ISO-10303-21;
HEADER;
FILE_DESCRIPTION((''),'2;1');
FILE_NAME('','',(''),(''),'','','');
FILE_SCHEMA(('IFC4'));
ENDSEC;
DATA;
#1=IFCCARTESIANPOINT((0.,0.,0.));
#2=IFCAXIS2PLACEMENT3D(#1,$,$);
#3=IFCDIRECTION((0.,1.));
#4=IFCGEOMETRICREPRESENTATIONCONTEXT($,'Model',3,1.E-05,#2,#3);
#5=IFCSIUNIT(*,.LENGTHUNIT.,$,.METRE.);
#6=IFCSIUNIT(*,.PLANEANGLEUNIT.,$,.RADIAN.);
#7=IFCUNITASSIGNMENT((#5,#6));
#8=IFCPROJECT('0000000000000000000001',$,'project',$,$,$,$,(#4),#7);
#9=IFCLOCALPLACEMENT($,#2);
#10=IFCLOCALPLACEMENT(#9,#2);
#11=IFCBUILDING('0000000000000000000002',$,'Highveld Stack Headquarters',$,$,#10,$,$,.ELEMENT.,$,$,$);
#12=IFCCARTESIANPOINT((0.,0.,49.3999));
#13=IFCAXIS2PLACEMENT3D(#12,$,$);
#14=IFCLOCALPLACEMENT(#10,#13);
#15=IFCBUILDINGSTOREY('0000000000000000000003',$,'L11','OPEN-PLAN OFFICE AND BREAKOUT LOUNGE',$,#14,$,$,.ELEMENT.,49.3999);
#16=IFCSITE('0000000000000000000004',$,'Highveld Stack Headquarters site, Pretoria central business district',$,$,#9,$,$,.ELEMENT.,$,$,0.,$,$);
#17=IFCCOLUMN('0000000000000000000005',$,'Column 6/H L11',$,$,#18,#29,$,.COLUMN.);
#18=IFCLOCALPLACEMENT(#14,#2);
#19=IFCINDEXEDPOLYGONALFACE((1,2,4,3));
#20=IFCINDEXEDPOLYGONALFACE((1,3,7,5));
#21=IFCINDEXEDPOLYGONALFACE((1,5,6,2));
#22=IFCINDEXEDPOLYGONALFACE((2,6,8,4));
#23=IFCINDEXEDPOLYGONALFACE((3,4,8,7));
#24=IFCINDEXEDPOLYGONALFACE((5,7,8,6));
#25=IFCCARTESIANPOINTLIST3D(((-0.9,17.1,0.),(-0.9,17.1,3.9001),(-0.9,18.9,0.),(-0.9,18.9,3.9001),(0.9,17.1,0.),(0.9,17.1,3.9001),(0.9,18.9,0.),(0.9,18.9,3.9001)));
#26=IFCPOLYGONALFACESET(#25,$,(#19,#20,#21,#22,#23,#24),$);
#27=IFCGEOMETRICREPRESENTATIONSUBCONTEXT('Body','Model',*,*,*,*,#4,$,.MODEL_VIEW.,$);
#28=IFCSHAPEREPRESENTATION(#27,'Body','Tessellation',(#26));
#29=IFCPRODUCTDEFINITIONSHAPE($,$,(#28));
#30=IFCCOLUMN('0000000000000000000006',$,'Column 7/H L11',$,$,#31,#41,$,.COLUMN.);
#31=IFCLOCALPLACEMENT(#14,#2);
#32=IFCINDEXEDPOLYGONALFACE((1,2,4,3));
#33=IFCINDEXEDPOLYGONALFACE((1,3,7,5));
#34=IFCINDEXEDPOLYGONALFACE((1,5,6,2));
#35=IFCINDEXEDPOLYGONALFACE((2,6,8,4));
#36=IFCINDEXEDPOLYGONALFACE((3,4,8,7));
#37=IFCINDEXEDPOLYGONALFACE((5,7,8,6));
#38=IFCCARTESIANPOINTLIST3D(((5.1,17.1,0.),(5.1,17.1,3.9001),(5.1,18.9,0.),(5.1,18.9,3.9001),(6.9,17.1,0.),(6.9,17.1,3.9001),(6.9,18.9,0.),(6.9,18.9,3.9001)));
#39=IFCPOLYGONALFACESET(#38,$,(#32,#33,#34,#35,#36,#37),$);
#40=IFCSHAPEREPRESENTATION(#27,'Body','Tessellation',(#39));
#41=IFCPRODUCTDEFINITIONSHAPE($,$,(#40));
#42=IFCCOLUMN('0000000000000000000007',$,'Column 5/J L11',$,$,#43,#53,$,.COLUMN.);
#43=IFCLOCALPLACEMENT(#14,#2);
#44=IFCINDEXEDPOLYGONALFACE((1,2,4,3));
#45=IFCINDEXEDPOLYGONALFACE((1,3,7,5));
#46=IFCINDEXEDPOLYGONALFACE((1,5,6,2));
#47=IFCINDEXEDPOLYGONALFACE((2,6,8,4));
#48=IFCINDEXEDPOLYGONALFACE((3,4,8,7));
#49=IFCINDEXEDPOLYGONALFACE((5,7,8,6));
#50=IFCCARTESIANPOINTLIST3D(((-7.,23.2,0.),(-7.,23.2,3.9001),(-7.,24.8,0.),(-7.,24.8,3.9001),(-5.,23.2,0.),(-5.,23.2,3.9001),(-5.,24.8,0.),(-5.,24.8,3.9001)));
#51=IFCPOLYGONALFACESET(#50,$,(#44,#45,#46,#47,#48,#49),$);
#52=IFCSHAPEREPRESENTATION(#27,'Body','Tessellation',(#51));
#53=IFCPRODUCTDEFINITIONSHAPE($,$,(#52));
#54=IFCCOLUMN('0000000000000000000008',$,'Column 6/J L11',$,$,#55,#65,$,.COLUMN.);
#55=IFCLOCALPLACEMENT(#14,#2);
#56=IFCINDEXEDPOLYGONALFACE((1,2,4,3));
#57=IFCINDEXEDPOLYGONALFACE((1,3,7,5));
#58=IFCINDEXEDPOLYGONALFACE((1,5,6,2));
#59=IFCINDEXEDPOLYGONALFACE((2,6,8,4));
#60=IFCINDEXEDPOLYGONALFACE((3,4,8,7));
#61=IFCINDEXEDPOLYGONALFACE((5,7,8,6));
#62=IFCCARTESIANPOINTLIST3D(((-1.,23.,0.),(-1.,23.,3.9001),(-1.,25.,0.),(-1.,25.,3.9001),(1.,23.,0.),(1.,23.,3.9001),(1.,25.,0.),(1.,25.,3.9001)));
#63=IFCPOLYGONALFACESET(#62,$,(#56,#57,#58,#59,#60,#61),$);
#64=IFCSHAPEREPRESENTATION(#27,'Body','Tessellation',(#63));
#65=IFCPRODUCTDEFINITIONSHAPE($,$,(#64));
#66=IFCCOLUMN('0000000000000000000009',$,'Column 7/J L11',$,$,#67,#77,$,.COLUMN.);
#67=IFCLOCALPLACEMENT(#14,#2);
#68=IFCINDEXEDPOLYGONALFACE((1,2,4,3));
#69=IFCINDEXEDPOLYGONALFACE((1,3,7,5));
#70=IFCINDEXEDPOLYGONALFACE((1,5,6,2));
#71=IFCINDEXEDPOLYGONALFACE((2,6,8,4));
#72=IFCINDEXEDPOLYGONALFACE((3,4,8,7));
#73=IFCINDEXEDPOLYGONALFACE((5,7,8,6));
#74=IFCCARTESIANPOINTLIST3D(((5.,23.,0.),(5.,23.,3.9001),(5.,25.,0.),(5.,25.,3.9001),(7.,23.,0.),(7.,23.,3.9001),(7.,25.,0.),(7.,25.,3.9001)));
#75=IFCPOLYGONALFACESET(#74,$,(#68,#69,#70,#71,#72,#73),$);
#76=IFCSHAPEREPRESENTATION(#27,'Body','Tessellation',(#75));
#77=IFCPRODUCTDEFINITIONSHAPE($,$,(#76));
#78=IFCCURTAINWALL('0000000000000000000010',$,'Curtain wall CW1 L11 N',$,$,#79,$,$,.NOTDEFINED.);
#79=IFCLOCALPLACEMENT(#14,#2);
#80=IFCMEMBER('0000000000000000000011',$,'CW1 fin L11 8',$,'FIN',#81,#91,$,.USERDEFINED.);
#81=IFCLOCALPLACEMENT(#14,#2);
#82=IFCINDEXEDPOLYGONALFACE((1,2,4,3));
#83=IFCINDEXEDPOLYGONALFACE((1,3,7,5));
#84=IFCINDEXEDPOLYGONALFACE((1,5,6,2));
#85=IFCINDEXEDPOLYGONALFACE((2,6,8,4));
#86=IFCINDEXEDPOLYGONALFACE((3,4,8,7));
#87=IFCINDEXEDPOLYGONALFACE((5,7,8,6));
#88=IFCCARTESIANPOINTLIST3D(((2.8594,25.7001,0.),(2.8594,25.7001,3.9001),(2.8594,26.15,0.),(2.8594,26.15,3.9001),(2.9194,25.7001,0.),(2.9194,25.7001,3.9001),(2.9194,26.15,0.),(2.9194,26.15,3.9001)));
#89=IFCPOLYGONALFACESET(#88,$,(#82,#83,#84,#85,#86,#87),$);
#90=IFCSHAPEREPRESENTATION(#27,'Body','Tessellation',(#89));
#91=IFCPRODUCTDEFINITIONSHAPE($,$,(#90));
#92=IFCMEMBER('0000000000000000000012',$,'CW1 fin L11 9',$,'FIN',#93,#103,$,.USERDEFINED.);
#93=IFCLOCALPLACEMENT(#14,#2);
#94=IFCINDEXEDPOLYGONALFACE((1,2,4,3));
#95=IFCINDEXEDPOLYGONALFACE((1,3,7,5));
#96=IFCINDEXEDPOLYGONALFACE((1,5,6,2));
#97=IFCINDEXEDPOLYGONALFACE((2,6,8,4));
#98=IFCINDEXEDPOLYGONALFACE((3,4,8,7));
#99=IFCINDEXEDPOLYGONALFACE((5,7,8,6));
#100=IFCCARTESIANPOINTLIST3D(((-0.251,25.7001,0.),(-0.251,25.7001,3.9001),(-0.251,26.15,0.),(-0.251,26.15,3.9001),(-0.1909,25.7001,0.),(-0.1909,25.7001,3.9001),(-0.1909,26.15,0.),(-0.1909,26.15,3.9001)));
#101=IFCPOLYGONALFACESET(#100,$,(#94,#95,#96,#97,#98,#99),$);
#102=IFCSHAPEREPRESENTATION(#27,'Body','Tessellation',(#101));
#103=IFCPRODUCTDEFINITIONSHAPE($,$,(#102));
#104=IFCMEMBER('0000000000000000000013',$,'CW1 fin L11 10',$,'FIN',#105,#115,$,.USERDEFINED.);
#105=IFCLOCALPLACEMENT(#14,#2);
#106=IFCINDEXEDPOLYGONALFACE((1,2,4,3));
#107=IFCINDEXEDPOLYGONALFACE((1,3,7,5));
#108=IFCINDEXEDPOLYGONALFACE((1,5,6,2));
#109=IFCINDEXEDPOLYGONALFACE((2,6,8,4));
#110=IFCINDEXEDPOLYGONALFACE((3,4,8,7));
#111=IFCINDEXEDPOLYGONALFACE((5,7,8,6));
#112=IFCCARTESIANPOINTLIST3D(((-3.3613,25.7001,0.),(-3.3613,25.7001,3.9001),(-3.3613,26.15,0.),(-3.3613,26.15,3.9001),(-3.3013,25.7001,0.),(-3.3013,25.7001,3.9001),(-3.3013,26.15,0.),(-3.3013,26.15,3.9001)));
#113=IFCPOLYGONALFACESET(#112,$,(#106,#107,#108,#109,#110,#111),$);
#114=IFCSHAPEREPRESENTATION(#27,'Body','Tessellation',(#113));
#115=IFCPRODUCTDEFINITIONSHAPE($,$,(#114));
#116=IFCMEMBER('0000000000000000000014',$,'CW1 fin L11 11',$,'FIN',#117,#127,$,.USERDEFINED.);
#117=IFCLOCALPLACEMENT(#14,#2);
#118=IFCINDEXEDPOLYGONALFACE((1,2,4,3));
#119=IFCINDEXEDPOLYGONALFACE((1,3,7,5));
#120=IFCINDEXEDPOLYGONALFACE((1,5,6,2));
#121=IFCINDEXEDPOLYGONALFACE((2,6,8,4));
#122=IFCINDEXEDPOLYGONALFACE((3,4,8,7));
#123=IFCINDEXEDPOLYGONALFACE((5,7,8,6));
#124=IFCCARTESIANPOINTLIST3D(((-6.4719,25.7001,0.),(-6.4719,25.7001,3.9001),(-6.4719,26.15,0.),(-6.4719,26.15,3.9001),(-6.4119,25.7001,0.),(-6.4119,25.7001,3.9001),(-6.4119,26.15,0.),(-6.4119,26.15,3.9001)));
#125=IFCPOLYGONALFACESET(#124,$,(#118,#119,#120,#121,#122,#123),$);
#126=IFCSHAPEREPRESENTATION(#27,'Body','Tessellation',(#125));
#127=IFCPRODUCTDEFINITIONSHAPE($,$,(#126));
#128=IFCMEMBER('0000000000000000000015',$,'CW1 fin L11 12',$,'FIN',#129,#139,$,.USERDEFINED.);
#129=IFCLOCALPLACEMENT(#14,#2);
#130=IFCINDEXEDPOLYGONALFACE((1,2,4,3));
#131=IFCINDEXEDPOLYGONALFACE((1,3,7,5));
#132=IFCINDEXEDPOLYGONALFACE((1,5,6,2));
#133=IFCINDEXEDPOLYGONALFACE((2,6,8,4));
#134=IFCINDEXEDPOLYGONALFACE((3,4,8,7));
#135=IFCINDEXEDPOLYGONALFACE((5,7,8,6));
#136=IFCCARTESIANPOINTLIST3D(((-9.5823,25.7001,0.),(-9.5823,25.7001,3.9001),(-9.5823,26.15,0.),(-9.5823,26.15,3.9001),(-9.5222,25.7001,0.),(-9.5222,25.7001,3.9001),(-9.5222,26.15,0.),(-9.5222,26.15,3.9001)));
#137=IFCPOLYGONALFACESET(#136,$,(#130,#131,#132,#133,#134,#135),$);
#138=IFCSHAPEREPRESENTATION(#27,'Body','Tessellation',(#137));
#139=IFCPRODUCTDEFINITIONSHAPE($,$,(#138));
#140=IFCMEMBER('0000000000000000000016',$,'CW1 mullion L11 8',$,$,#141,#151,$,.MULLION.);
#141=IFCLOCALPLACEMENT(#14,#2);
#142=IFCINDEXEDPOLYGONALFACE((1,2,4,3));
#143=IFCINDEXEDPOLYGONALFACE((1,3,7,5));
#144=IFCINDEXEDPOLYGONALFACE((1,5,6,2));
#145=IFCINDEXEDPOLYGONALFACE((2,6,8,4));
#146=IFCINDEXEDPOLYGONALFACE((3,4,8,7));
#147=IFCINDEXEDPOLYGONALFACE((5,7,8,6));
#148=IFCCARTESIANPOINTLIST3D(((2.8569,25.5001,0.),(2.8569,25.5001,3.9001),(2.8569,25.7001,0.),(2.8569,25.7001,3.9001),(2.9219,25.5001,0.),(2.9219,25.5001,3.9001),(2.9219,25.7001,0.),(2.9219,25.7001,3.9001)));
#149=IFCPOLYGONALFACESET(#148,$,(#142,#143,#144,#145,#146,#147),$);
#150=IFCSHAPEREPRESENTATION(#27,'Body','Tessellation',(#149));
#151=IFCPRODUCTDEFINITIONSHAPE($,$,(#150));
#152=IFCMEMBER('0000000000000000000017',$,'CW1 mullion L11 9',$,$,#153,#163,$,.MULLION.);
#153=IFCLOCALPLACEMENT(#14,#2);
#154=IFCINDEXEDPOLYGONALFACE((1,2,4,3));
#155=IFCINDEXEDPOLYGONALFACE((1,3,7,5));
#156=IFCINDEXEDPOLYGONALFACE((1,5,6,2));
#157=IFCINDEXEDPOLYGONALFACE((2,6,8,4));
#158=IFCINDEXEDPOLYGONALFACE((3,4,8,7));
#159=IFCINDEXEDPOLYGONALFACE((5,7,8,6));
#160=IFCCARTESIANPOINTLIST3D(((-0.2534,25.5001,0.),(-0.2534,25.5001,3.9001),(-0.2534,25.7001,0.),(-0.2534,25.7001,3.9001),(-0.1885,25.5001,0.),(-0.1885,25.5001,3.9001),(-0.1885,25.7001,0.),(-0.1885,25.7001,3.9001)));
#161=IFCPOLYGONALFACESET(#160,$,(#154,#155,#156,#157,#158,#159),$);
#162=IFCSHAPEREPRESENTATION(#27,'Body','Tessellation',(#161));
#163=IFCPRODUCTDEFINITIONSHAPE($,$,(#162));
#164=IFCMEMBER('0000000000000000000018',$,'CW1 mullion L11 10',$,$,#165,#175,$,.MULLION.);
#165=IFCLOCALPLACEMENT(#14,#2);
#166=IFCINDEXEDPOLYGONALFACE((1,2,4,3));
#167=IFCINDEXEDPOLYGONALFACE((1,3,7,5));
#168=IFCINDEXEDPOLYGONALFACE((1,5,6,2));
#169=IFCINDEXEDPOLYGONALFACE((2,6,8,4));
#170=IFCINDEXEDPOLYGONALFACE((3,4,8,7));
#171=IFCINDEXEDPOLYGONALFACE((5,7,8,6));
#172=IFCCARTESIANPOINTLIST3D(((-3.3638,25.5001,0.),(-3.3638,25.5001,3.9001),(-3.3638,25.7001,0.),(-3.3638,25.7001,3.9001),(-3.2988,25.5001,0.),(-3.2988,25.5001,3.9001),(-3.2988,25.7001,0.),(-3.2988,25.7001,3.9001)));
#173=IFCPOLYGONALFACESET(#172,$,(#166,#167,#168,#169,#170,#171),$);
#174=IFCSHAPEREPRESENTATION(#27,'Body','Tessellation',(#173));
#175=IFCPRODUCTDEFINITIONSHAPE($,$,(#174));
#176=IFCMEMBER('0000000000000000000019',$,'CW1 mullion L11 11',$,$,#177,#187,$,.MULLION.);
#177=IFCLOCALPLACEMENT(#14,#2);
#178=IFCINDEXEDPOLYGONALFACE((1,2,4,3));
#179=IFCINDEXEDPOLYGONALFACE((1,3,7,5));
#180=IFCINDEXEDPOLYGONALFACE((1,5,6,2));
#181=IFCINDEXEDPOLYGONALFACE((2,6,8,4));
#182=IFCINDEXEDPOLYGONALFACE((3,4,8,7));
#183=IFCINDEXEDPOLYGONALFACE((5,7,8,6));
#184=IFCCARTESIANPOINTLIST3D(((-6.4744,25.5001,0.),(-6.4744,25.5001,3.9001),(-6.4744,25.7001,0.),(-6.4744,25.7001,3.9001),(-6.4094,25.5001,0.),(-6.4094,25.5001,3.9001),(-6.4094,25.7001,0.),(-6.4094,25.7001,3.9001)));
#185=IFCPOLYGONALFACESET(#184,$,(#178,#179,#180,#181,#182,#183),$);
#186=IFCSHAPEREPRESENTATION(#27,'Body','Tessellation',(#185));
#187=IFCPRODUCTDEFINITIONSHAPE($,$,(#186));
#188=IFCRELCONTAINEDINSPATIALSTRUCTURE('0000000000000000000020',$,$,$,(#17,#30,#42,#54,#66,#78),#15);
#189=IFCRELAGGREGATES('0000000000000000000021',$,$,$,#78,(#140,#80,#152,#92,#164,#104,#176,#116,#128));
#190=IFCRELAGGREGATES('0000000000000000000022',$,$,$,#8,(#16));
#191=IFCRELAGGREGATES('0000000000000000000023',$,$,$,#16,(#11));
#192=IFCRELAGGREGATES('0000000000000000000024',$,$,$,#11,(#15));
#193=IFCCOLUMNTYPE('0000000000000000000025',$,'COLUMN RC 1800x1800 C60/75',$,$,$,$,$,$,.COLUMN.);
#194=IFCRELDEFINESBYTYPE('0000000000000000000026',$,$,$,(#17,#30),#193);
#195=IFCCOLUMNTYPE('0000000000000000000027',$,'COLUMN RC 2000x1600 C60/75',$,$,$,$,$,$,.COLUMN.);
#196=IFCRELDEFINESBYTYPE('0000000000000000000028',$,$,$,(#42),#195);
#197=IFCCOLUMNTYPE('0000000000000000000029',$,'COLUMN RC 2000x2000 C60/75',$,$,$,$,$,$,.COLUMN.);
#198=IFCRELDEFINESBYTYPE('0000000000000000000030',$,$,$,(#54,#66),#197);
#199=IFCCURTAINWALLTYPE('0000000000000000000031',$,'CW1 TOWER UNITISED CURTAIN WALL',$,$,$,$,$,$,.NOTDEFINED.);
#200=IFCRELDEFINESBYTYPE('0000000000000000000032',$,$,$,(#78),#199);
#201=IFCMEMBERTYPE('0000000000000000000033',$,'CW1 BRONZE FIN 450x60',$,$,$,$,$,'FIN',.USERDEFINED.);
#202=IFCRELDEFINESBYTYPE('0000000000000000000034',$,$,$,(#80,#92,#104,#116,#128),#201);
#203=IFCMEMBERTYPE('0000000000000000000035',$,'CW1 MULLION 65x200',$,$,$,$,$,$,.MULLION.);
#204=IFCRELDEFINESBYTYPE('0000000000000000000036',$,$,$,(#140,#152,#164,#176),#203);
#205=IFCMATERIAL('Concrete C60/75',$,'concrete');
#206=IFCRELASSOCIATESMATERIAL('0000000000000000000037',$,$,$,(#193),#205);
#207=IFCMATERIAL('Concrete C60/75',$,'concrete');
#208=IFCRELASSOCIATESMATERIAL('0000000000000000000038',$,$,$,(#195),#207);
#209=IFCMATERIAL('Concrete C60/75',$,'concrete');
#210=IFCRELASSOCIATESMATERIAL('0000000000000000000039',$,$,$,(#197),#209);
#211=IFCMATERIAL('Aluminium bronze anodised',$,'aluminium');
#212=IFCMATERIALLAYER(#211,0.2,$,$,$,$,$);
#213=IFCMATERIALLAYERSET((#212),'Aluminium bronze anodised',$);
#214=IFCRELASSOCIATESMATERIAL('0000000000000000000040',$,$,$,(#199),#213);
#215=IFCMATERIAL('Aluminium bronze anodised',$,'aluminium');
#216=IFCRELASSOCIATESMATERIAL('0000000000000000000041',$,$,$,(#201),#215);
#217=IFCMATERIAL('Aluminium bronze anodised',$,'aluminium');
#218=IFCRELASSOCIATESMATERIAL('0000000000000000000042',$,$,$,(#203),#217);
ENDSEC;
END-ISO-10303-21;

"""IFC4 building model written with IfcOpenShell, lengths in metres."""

from ifc_helpers import new_model, si_unit, direction, frame, origin, origin_2d, place, context, subcontext, project, spatial, rectangle, extrude, material, layer, layer_set, material_profile, profile_set, type_object, element, aggregate, save


model = new_model("IFC4")

# Units and contexts
model_context = context("Model", 3, precision=1e-05, world=origin(), true_north=direction((0.0, 1.0)))
body_context = subcontext(model_context, "Body", "Model", "MODEL_VIEW")
ifc_project = project(units=[si_unit("LENGTHUNIT", "METRE"), si_unit("PLANEANGLEUNIT", "RADIAN")], contexts=[model_context])

# Site, building, storey
site_placement = place(None, origin())
site = spatial("IfcSite", under=ifc_project, at=site_placement, Name="Highveld Stack Headquarters site, Pretoria central business district", CompositionType="ELEMENT", RefElevation=0.0)
building_placement = place(site_placement, origin())
building = spatial("IfcBuilding", under=site, at=building_placement, Name="Highveld Stack Headquarters", CompositionType="ELEMENT")
storey_placement = place(building_placement, frame((0.0, 0.0, 49.3999)))
storey = spatial("IfcBuildingStorey", under=building, at=storey_placement, Name="L11", Description="OPEN-PLAN OFFICE AND BREAKOUT LOUNGE", CompositionType="ELEMENT", Elevation=49.3999)

# Columns
ifc_material_1 = material(Name="Concrete C60/75", Category="concrete")
ifc_material_profile_1 = material_profile(ifc_material_1, rectangle(XDim=1.8, YDim=1.8, at=origin_2d()), Name="RC 1800x1800")
ifc_profile_set_1 = profile_set([ifc_material_profile_1], Name="Concrete C60/75")
column_type_1 = type_object("IfcColumnType", Name="COLUMN RC 1800x1800 C60/75", PredefinedType="COLUMN", material=ifc_profile_set_1)
for number, where, z_axis, x_axis, name in (
    (1, (0.0, 18.0, 0.0), (0.0, 0.0, 1.0), (1.0, 0.0, 0.0), "Column 6/H L11"),
    (2, (6.0, 18.0, 0.0), (0.0, 0.0, 1.0), (1.0, 0.0, 0.0), "Column 7/H L11"),
):
    element("IfcColumn", number, at=place(storey_placement, frame(where, z_axis=z_axis, x_axis=x_axis)), inside=storey, type_object=column_type_1, Name=name, PredefinedType="COLUMN", context=body_context, shape_type="SweptSolid", body=[
        extrude(rectangle(XDim=1.8, YDim=1.8, at=origin_2d()), origin(), (0.0, 0.0, 1.0), 3.9001),
    ])
ifc_material_2 = material(Name="Concrete C60/75", Category="concrete")
ifc_material_profile_2 = material_profile(ifc_material_2, rectangle(XDim=2.0, YDim=1.6001, at=origin_2d()), Name="RC 2000x1600")
ifc_profile_set_2 = profile_set([ifc_material_profile_2], Name="Concrete C60/75")
column_type_2 = type_object("IfcColumnType", Name="COLUMN RC 2000x1600 C60/75", PredefinedType="COLUMN", material=ifc_profile_set_2)
column_placement = place(storey_placement, frame((-6.0, 24.0, 0.0), z_axis=(0.0, 0.0, 1.0), x_axis=(1.0, 0.0, 0.0)))
element("IfcColumn", 3, at=column_placement, inside=storey, type_object=column_type_2, Name="Column 5/J L11", PredefinedType="COLUMN", context=body_context, shape_type="SweptSolid", body=[
    extrude(rectangle(XDim=2.0, YDim=1.6001, at=origin_2d()), origin(), (0.0, 0.0, 1.0), 3.9001),
])
ifc_material_3 = material(Name="Concrete C60/75", Category="concrete")
ifc_material_profile_3 = material_profile(ifc_material_3, rectangle(XDim=2.0, YDim=2.0, at=origin_2d()), Name="RC 2000x2000")
ifc_profile_set_3 = profile_set([ifc_material_profile_3], Name="Concrete C60/75")
column_type_3 = type_object("IfcColumnType", Name="COLUMN RC 2000x2000 C60/75", PredefinedType="COLUMN", material=ifc_profile_set_3)
for number, where, z_axis, x_axis, name in (
    (4, (0.0, 24.0, 0.0), (0.0, 0.0, 1.0), (1.0, 0.0, 0.0), "Column 6/J L11"),
    (5, (6.0, 24.0, 0.0), (0.0, 0.0, 1.0), (1.0, 0.0, 0.0), "Column 7/J L11"),
):
    element("IfcColumn", number, at=place(storey_placement, frame(where, z_axis=z_axis, x_axis=x_axis)), inside=storey, type_object=column_type_3, Name=name, PredefinedType="COLUMN", context=body_context, shape_type="SweptSolid", body=[
        extrude(rectangle(XDim=2.0, YDim=2.0, at=origin_2d()), origin(), (0.0, 0.0, 1.0), 3.9001),
    ])

# Curtain wall, members
ifc_material_4 = material(Name="Aluminium bronze anodised", Category="aluminium")
ifc_layer_1 = layer(ifc_material_4, 0.2)
ifc_layer_set_1 = layer_set([ifc_layer_1], Name="Aluminium bronze anodised")
curtain_wall_type = type_object("IfcCurtainWallType", Name="CW1 TOWER UNITISED CURTAIN WALL", PredefinedType="NOTDEFINED", material=ifc_layer_set_1)
curtain_wall_placement = place(storey_placement, origin())
curtain_wall = element("IfcCurtainWall", 6, at=curtain_wall_placement, inside=storey, type_object=curtain_wall_type, Name="Curtain wall CW1 L11 N", PredefinedType="NOTDEFINED")
ifc_material_5 = material(Name="Aluminium bronze anodised", Category="aluminium")
ifc_material_profile_4 = material_profile(ifc_material_5, rectangle(XDim=0.45, YDim=0.0601, at=origin_2d()), Name="FIN 450x60")
ifc_profile_set_4 = profile_set([ifc_material_profile_4], Name="Aluminium bronze anodised")
member_type_1 = type_object("IfcMemberType", Name="CW1 BRONZE FIN 450x60", ElementType="FIN", PredefinedType="USERDEFINED", material=ifc_profile_set_4)
member_1_placement = place(storey_placement, frame((2.8894, 25.925, 0.0), z_axis=(0.0, 0.0, 1.0), x_axis=(0.0, -1.0, 0.0)))
member_1 = element("IfcMember", 7, at=member_1_placement, type_object=member_type_1, Name="CW1 fin L11 8", ObjectType="FIN", PredefinedType="USERDEFINED", context=body_context, shape_type="SweptSolid", body=[
    extrude(rectangle(XDim=0.45, YDim=0.0601, at=origin_2d()), origin(), (0.0, 0.0, 1.0), 3.9001),
])
member_2_placement = place(storey_placement, frame((-0.2209, 25.925, 0.0), z_axis=(0.0, 0.0, 1.0), x_axis=(0.0, -1.0, 0.0)))
member_2 = element("IfcMember", 8, at=member_2_placement, type_object=member_type_1, Name="CW1 fin L11 9", ObjectType="FIN", PredefinedType="USERDEFINED", context=body_context, shape_type="SweptSolid", body=[
    extrude(rectangle(XDim=0.45, YDim=0.0601, at=origin_2d()), origin(), (0.0, 0.0, 1.0), 3.9001),
])
member_3_placement = place(storey_placement, frame((-3.3313, 25.925, 0.0), z_axis=(0.0, 0.0, 1.0), x_axis=(0.0, -1.0, 0.0)))
member_3 = element("IfcMember", 9, at=member_3_placement, type_object=member_type_1, Name="CW1 fin L11 10", ObjectType="FIN", PredefinedType="USERDEFINED", context=body_context, shape_type="SweptSolid", body=[
    extrude(rectangle(XDim=0.45, YDim=0.0601, at=origin_2d()), origin(), (0.0, 0.0, 1.0), 3.9001),
])
member_4_placement = place(storey_placement, frame((-6.4419, 25.925, 0.0), z_axis=(0.0, 0.0, 1.0), x_axis=(0.0, -1.0, 0.0)))
member_4 = element("IfcMember", 10, at=member_4_placement, type_object=member_type_1, Name="CW1 fin L11 11", ObjectType="FIN", PredefinedType="USERDEFINED", context=body_context, shape_type="SweptSolid", body=[
    extrude(rectangle(XDim=0.45, YDim=0.0601, at=origin_2d()), origin(), (0.0, 0.0, 1.0), 3.9001),
])
member_5_placement = place(storey_placement, frame((-9.5522, 25.925, 0.0), z_axis=(0.0, 0.0, 1.0), x_axis=(0.0, -1.0, 0.0)))
member_5 = element("IfcMember", 11, at=member_5_placement, type_object=member_type_1, Name="CW1 fin L11 12", ObjectType="FIN", PredefinedType="USERDEFINED", context=body_context, shape_type="SweptSolid", body=[
    extrude(rectangle(XDim=0.45, YDim=0.0601, at=origin_2d()), origin(), (0.0, 0.0, 1.0), 3.9001),
])
ifc_material_6 = material(Name="Aluminium bronze anodised", Category="aluminium")
ifc_material_profile_5 = material_profile(ifc_material_6, rectangle(XDim=0.2, YDim=0.0649, at=origin_2d()), Name="CW1 MULLION 65x200")
ifc_profile_set_5 = profile_set([ifc_material_profile_5], Name="Aluminium bronze anodised")
member_type_2 = type_object("IfcMemberType", Name="CW1 MULLION 65x200", PredefinedType="MULLION", material=ifc_profile_set_5)
member_6_placement = place(storey_placement, frame((2.8894, 25.6001, 0.0), z_axis=(0.0, 0.0, 1.0), x_axis=(0.0, -1.0, 0.0)))
member_6 = element("IfcMember", 12, at=member_6_placement, type_object=member_type_2, Name="CW1 mullion L11 8", PredefinedType="MULLION", context=body_context, shape_type="SweptSolid", body=[
    extrude(rectangle(XDim=0.2, YDim=0.0649, at=origin_2d()), origin(), (0.0, 0.0, 1.0), 3.9001),
])
member_7_placement = place(storey_placement, frame((-0.2209, 25.6001, 0.0), z_axis=(0.0, 0.0, 1.0), x_axis=(0.0, -1.0, 0.0)))
member_7 = element("IfcMember", 13, at=member_7_placement, type_object=member_type_2, Name="CW1 mullion L11 9", PredefinedType="MULLION", context=body_context, shape_type="SweptSolid", body=[
    extrude(rectangle(XDim=0.2, YDim=0.0649, at=origin_2d()), origin(), (0.0, 0.0, 1.0), 3.9001),
])
member_8_placement = place(storey_placement, frame((-3.3313, 25.6001, 0.0), z_axis=(0.0, 0.0, 1.0), x_axis=(0.0, -1.0, 0.0)))
member_8 = element("IfcMember", 14, at=member_8_placement, type_object=member_type_2, Name="CW1 mullion L11 10", PredefinedType="MULLION", context=body_context, shape_type="SweptSolid", body=[
    extrude(rectangle(XDim=0.2, YDim=0.0649, at=origin_2d()), origin(), (0.0, 0.0, 1.0), 3.9001),
])
member_9_placement = place(storey_placement, frame((-6.4419, 25.6001, 0.0), z_axis=(0.0, 0.0, 1.0), x_axis=(0.0, -1.0, 0.0)))
member_9 = element("IfcMember", 15, at=member_9_placement, type_object=member_type_2, Name="CW1 mullion L11 11", PredefinedType="MULLION", context=body_context, shape_type="SweptSolid", body=[
    extrude(rectangle(XDim=0.2, YDim=0.0649, at=origin_2d()), origin(), (0.0, 0.0, 1.0), 3.9001),
])
aggregate(curtain_wall, [member_6, member_1, member_7, member_2, member_8, member_3, member_9, member_4, member_5])

save(model, "model.ifc")
